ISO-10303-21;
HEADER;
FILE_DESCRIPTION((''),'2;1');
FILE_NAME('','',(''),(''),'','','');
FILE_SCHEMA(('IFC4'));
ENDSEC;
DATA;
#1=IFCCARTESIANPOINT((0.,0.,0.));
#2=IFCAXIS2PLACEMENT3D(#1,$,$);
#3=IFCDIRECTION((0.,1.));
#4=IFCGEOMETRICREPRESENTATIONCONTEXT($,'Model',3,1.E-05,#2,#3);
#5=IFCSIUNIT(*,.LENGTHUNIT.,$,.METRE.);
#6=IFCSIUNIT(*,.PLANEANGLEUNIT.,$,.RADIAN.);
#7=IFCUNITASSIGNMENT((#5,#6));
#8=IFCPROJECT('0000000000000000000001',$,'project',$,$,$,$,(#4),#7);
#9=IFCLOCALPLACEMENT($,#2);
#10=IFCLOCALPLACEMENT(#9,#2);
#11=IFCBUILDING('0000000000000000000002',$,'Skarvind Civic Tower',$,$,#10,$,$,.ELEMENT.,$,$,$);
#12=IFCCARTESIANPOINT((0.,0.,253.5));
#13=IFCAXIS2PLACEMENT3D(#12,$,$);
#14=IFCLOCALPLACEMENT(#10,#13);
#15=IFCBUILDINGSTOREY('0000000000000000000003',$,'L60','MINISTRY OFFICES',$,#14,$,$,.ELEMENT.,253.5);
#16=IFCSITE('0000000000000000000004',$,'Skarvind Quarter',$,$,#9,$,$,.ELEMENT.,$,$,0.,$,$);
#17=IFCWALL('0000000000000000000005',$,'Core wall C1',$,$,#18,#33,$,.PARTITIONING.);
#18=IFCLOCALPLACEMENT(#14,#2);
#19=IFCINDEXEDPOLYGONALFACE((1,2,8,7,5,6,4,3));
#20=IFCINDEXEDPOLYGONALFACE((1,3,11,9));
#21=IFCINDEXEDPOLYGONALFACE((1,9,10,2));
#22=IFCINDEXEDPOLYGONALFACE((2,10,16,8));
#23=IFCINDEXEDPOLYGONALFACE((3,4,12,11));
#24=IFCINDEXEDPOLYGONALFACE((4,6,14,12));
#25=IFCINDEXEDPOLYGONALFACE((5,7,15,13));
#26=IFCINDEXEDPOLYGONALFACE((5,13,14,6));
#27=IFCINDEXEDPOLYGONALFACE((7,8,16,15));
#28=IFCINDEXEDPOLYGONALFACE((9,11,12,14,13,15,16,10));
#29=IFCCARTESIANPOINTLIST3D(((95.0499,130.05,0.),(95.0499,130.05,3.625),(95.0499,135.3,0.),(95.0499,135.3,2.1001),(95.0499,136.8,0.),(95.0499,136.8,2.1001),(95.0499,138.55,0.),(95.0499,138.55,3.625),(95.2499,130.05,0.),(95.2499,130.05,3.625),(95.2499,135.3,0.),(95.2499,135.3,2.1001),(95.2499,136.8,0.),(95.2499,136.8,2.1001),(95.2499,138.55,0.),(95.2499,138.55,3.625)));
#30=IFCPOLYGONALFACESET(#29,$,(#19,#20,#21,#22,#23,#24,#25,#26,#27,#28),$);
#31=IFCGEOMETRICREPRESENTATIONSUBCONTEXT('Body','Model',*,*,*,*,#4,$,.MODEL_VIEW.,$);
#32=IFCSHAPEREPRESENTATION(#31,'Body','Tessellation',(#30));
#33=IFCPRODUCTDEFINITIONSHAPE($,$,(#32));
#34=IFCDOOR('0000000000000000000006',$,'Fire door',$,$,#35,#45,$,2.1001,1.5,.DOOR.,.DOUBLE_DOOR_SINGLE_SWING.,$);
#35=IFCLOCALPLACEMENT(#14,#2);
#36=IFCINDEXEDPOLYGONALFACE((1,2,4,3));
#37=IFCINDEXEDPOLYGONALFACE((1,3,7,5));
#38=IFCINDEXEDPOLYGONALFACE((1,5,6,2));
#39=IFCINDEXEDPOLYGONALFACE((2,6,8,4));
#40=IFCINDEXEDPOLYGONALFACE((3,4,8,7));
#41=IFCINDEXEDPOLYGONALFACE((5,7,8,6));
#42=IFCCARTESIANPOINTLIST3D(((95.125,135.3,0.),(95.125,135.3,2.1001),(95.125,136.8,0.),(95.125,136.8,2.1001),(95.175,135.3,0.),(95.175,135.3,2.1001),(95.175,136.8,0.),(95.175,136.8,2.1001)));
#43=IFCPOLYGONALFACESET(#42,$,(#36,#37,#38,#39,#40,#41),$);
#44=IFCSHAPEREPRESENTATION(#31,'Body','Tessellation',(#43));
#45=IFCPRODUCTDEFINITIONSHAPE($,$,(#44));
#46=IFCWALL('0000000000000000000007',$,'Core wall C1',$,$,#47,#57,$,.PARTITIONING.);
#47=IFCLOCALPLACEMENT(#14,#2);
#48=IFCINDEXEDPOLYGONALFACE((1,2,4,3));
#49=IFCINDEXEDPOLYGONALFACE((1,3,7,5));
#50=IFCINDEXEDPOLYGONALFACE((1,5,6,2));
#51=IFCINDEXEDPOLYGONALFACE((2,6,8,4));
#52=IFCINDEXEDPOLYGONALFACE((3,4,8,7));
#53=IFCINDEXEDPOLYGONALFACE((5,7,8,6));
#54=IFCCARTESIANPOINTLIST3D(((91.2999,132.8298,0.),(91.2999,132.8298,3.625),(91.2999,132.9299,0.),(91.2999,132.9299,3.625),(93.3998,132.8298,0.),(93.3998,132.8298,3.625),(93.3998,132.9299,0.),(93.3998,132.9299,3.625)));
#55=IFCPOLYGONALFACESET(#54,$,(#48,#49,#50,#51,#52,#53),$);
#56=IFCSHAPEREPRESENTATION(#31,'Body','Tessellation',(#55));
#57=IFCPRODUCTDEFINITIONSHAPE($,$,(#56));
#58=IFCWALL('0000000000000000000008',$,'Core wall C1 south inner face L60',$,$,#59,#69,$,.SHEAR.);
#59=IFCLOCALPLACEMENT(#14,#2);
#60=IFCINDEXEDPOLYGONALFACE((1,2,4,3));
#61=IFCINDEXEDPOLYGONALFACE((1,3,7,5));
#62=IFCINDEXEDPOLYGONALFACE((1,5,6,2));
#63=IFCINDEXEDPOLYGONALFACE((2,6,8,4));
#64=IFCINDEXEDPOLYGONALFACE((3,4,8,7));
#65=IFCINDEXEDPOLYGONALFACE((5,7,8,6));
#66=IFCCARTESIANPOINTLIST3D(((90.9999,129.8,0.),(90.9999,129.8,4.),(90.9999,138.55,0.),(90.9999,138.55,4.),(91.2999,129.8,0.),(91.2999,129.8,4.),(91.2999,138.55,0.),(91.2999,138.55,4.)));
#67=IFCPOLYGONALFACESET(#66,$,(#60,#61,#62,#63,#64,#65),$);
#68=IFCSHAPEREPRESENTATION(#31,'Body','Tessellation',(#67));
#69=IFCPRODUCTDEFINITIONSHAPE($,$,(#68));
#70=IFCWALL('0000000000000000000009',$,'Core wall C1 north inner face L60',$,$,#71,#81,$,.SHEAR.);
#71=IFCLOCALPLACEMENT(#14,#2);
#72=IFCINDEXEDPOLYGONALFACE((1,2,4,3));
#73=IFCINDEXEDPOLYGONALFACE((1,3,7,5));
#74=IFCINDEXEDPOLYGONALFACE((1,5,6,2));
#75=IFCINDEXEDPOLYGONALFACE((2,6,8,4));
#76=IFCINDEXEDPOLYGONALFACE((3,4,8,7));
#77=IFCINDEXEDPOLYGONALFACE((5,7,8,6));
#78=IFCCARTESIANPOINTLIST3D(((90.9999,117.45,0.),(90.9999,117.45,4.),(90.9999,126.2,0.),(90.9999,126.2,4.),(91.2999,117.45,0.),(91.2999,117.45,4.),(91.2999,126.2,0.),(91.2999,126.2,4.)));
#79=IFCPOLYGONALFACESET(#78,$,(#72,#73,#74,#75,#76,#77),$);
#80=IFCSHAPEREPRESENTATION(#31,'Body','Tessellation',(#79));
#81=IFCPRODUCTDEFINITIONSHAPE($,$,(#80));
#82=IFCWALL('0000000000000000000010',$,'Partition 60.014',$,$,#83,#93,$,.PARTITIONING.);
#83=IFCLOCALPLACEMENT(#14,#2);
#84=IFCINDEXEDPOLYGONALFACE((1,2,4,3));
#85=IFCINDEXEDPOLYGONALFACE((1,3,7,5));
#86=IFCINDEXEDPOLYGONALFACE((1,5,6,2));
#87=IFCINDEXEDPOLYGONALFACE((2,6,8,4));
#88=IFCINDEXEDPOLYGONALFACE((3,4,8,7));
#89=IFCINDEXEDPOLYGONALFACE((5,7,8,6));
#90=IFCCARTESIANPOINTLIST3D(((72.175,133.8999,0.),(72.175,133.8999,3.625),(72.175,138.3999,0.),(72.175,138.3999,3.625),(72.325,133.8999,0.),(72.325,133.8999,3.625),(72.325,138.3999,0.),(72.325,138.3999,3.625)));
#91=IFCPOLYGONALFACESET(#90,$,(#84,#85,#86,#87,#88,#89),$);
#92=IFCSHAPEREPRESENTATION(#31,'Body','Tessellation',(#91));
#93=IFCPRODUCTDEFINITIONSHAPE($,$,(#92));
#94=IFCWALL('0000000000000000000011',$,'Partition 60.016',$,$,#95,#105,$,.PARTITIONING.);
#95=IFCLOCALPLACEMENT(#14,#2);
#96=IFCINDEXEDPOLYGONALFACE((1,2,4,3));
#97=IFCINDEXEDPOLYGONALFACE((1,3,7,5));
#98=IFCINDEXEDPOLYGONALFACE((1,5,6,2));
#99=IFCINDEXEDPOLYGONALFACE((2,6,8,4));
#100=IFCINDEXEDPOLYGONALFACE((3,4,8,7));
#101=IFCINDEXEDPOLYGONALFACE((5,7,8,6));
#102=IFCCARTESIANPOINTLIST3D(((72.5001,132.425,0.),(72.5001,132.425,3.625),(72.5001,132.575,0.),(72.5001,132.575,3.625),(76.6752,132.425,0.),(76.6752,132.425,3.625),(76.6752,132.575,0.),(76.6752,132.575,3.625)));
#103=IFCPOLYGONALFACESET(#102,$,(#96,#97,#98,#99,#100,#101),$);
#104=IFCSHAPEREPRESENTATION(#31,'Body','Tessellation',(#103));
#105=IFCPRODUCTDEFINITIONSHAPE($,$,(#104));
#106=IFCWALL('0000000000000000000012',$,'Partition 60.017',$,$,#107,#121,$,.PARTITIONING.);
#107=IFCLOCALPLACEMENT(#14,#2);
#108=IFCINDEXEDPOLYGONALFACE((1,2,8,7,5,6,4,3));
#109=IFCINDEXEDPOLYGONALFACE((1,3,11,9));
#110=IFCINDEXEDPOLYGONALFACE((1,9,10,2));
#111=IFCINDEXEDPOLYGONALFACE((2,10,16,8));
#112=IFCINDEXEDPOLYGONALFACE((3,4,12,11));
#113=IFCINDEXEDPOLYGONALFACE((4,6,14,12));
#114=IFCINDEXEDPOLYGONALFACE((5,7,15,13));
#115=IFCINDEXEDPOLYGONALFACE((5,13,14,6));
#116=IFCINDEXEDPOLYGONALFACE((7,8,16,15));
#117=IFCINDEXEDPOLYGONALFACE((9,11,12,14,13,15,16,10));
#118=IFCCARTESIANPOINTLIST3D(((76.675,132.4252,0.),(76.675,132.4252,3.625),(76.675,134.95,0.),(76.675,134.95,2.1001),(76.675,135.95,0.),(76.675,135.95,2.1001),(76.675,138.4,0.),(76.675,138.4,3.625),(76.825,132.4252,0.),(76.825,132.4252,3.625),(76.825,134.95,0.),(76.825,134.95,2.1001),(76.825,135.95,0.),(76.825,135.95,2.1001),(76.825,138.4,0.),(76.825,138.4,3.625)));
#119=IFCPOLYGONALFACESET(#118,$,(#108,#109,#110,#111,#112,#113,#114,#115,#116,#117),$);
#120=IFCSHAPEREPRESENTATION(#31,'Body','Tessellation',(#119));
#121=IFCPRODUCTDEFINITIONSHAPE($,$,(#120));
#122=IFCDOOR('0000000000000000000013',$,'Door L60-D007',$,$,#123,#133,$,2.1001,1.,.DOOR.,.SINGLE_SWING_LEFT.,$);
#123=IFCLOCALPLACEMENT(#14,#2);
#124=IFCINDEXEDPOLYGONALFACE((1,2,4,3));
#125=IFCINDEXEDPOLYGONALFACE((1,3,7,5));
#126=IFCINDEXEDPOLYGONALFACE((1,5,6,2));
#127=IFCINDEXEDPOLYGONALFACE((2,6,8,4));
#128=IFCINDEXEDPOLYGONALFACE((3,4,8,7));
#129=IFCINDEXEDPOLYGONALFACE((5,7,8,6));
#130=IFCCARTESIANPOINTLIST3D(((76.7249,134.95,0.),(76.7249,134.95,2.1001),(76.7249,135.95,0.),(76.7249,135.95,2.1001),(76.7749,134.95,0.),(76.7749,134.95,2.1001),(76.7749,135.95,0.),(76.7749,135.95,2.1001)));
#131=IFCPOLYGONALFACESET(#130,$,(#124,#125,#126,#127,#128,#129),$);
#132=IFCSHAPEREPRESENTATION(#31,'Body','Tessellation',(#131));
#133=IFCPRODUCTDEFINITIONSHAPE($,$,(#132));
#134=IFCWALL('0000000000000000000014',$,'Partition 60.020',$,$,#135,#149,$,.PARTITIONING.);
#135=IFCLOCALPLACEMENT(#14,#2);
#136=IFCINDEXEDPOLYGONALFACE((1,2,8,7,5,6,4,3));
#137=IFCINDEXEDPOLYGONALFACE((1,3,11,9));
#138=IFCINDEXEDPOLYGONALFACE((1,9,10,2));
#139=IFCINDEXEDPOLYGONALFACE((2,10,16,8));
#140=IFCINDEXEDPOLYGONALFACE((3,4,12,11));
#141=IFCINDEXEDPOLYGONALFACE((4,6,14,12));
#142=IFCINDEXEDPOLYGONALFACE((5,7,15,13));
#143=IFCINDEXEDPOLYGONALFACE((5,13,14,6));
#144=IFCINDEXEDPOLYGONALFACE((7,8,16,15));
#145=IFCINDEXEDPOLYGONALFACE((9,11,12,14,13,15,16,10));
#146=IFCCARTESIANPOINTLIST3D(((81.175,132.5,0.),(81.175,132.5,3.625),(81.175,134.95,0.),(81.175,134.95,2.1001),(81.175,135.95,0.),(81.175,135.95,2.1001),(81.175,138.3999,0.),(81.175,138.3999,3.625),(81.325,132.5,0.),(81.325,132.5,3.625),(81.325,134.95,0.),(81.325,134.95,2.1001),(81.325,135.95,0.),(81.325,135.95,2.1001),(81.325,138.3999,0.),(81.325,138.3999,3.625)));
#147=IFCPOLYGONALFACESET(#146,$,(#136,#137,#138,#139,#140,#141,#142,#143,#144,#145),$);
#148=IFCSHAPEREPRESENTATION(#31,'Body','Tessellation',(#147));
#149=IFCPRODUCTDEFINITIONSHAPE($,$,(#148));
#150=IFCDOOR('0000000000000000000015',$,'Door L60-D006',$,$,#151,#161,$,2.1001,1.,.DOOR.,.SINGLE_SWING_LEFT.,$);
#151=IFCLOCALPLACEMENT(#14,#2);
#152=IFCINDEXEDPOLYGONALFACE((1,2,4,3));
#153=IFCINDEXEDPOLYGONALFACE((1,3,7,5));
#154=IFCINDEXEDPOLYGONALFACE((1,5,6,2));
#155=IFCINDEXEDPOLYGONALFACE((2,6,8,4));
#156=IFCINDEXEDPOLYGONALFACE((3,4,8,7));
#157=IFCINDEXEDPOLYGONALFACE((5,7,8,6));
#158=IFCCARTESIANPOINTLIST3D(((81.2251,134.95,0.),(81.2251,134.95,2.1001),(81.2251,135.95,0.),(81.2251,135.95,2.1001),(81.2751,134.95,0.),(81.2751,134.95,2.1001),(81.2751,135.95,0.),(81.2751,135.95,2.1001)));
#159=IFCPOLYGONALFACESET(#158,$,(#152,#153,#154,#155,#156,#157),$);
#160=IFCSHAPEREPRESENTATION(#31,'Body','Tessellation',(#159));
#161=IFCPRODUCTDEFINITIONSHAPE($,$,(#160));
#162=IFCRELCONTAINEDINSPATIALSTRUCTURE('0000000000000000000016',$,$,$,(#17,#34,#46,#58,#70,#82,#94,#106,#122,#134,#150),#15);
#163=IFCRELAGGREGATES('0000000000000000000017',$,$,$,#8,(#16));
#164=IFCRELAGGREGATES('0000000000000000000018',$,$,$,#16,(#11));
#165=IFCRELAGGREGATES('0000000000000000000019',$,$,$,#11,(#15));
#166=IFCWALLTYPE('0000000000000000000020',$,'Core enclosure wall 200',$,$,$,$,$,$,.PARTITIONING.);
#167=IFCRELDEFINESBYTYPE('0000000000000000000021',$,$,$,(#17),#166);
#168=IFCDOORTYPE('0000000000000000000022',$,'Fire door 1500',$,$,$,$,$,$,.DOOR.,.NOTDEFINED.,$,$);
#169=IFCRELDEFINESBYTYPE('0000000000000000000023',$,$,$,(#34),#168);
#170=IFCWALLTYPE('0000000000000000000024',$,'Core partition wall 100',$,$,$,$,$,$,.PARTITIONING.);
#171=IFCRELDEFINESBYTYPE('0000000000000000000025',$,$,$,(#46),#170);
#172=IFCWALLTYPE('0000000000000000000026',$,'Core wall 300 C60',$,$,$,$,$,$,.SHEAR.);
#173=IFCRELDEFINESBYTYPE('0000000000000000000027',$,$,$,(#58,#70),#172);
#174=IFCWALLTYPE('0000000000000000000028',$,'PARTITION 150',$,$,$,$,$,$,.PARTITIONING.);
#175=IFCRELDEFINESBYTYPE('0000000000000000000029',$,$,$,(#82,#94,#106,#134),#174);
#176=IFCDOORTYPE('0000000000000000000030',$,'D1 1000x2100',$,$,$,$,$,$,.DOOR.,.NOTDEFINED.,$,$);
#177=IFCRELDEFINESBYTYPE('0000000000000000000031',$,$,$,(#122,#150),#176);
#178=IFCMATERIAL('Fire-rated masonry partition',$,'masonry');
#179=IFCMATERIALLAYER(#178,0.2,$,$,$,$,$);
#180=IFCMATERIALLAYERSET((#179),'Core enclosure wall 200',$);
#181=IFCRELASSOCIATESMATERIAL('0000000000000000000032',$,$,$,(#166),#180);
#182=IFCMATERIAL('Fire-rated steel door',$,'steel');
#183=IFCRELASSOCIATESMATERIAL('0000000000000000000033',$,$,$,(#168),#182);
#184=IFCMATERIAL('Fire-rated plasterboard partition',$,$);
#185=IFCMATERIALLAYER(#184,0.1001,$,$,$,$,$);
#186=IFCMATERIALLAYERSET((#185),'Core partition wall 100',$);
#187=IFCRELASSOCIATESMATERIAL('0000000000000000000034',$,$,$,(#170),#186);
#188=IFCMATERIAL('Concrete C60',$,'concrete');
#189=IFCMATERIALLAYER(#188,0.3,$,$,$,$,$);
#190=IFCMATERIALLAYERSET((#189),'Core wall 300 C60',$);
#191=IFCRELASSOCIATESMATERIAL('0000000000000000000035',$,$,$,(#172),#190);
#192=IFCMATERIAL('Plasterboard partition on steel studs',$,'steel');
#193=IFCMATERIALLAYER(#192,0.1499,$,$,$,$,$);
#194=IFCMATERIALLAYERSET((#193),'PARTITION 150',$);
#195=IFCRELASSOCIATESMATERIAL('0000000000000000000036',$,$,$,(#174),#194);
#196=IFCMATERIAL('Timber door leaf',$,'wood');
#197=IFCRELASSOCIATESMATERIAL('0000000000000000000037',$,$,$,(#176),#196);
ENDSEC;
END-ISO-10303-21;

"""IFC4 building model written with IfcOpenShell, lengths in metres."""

from ifc_helpers import new_model, si_unit, direction, frame, frame_2d, origin, place, context, subcontext, project, spatial, rectangle, extrude, material, layer, layer_set, type_object, element, fill, save


model = new_model("IFC4")

# Units and contexts
model_context = context("Model", 3, precision=1e-05, world=origin(), true_north=direction((0.0, 1.0)))
body_context = subcontext(model_context, "Body", "Model", "MODEL_VIEW")
ifc_project = project(units=[si_unit("LENGTHUNIT", "METRE"), si_unit("PLANEANGLEUNIT", "RADIAN")], contexts=[model_context])

# Site, building, storey
site_placement = place(None, origin())
site = spatial("IfcSite", under=ifc_project, at=site_placement, Name="Skarvind Quarter", CompositionType="ELEMENT", RefElevation=0.0)
building_placement = place(site_placement, origin())
building = spatial("IfcBuilding", under=site, at=building_placement, Name="Skarvind Civic Tower", CompositionType="ELEMENT")
storey_placement = place(building_placement, frame((0.0, 0.0, 253.5)))
storey = spatial("IfcBuildingStorey", under=building, at=storey_placement, Name="L60", Description="MINISTRY OFFICES", CompositionType="ELEMENT", Elevation=253.5)

# Shared definitions
ifc_material_1 = material(Name="Concrete C60", Category="concrete")

# Shared definitions
ifc_material_2 = material(Name="Timber door leaf", Category="wood")

# Wall, opening, door
ifc_material_3 = material(Name="Fire-rated masonry partition", Category="masonry")
ifc_layer_1 = layer(ifc_material_3, 0.2)
ifc_layer_set_1 = layer_set([ifc_layer_1], Name="Core enclosure wall 200")
wall_type_1 = type_object("IfcWallType", Name="Core enclosure wall 200", PredefinedType="PARTITIONING", material=ifc_layer_set_1)
ifc_material_4 = material(Name="Fire-rated steel door", Category="steel")
wall_1_placement = place(storey_placement, frame((95.1499, 130.05, 0.0), z_axis=(0.0, 0.0, 1.0), x_axis=(0.0, 1.0, 0.0)))
wall_1 = element("IfcWall", 1, at=wall_1_placement, inside=storey, type_object=wall_type_1, Name="Core wall C1", PredefinedType="PARTITIONING", context=body_context, shape_type="SweptSolid", body=[
    extrude(rectangle(XDim=8.5, YDim=0.2, at=frame_2d((4.25, 0.0))), origin(), (0.0, 0.0, 1.0), 3.625),
])
opening_1_placement = place(wall_1_placement, frame((5.25, 0.0, 0.0)))
opening_1 = element("IfcOpeningElement", 2, at=opening_1_placement, cuts=wall_1, PredefinedType="OPENING", context=body_context, shape_type="SweptSolid", body=[
    extrude(rectangle(XDim=1.5, YDim=2.1001, at=frame_2d((0.75, 1.05))), frame((0.0, 0.1099, 0.0), z_axis=(0.0, -1.0, 0.0), x_axis=(1.0, 0.0, 0.0)), (0.0, 0.0, 1.0), 0.22),
])
door_type_1 = type_object("IfcDoorType", Name="Fire door 1500", OperationType="NOTDEFINED", PredefinedType="DOOR", material=ifc_material_4)
door_1_placement = place(opening_1_placement, origin())
door_1 = element("IfcDoor", 3, at=door_1_placement, inside=storey, type_object=door_type_1, Name="Fire door", OperationType="DOUBLE_DOOR_SINGLE_SWING", OverallHeight=2.1001, OverallWidth=1.5, PredefinedType="DOOR", context=body_context, shape_type="SweptSolid", body=[
    extrude(rectangle(XDim=1.5, YDim=2.1001, at=frame_2d((0.75, 1.05))), frame((0.0, 0.0249, 0.0), z_axis=(0.0, -1.0, 0.0), x_axis=(1.0, 0.0, 0.0)), (0.0, 0.0, 1.0), 0.05),
])
fill(opening_1, door_1)

# Walls
ifc_material_5 = material(Name="Fire-rated plasterboard partition")
ifc_layer_2 = layer(ifc_material_5, 0.1001)
ifc_layer_set_2 = layer_set([ifc_layer_2], Name="Core partition wall 100")
wall_type_2 = type_object("IfcWallType", Name="Core partition wall 100", PredefinedType="PARTITIONING", material=ifc_layer_set_2)
wall_2_placement = place(storey_placement, frame((91.3, 132.8799, 0.0), z_axis=(0.0, 0.0, 1.0), x_axis=(1.0, 0.0, 0.0)))
element("IfcWall", 4, at=wall_2_placement, inside=storey, type_object=wall_type_2, Name="Core wall C1", PredefinedType="PARTITIONING", context=body_context, shape_type="SweptSolid", body=[
    extrude(rectangle(XDim=2.0999, YDim=0.1001, at=frame_2d((1.0498, 0.0))), origin(), (0.0, 0.0, 1.0), 3.625),
])
ifc_layer_3 = layer(ifc_material_1, 0.3)
ifc_layer_set_3 = layer_set([ifc_layer_3], Name="Core wall 300 C60")
wall_type_3 = type_object("IfcWallType", Name="Core wall 300 C60", PredefinedType="SHEAR", material=ifc_layer_set_3)
for number, where, z_axis, x_axis, name in (
    (5, (91.1499, 138.55, 0.0), (0.0, 0.0, 1.0), (0.0, -1.0, 0.0), "Core wall C1 south inner face L60"),
    (6, (91.1499, 126.2, 0.0), (0.0, 0.0, 1.0), (0.0, -1.0, 0.0), "Core wall C1 north inner face L60"),
):
    element("IfcWall", number, at=place(storey_placement, frame(where, z_axis=z_axis, x_axis=x_axis)), inside=storey, type_object=wall_type_3, Name=name, PredefinedType="SHEAR", context=body_context, shape_type="SweptSolid", body=[
        extrude(rectangle(XDim=8.75, YDim=0.3, at=frame_2d((4.375, 0.0))), origin(), (0.0, 0.0, 1.0), 4.0),
    ])
ifc_material_6 = material(Name="Plasterboard partition on steel studs", Category="steel")
ifc_layer_4 = layer(ifc_material_6, 0.1499)
ifc_layer_set_4 = layer_set([ifc_layer_4], Name="PARTITION 150")
wall_type_4 = type_object("IfcWallType", Name="PARTITION 150", PredefinedType="PARTITIONING", material=ifc_layer_set_4)
wall_3_placement = place(storey_placement, frame((72.25, 133.8999, 0.0), z_axis=(0.0, 0.0, 1.0), x_axis=(0.0, 1.0, 0.0)))
element("IfcWall", 7, at=wall_3_placement, inside=storey, type_object=wall_type_4, Name="Partition 60.014", PredefinedType="PARTITIONING", context=body_context, shape_type="SweptSolid", body=[
    extrude(rectangle(XDim=4.5, YDim=0.1499, at=frame_2d((2.25, 0.0))), origin(), (0.0, 0.0, 1.0), 3.625),
])
wall_4_placement = place(storey_placement, frame((76.675, 132.5, 0.0), z_axis=(0.0, 0.0, 1.0), x_axis=(-1.0, 0.0, 0.0)))
element("IfcWall", 8, at=wall_4_placement, inside=storey, type_object=wall_type_4, Name="Partition 60.016", PredefinedType="PARTITIONING", context=body_context, shape_type="SweptSolid", body=[
    extrude(rectangle(XDim=4.175, YDim=0.1499, at=frame_2d((2.0874, 0.0))), origin(), (0.0, 0.0, 1.0), 3.625),
])

# Walls, openings, doors
wall_5_placement = place(storey_placement, frame((76.75, 138.3999, 0.0), z_axis=(0.0, 0.0, 1.0), x_axis=(0.0, -1.0, 0.0)))
wall_5 = element("IfcWall", 9, at=wall_5_placement, inside=storey, type_object=wall_type_4, Name="Partition 60.017", PredefinedType="PARTITIONING", context=body_context, shape_type="SweptSolid", body=[
    extrude(rectangle(XDim=5.9749, YDim=0.1499, at=frame_2d((2.9873, 0.0))), origin(), (0.0, 0.0, 1.0), 3.625),
])
opening_2_placement = place(wall_5_placement, frame((2.45, 0.0, 0.0)))
opening_2 = element("IfcOpeningElement", 10, at=opening_2_placement, cuts=wall_5, PredefinedType="OPENING", context=body_context, shape_type="SweptSolid", body=[
    extrude(rectangle(XDim=1.0, YDim=2.1001, at=frame_2d((0.5, 1.05))), frame((0.0, 0.085, 0.0), z_axis=(0.0, -1.0, 0.0), x_axis=(1.0, 0.0, 0.0)), (0.0, 0.0, 1.0), 0.1699),
])
door_type_2 = type_object("IfcDoorType", Name="D1 1000x2100", OperationType="NOTDEFINED", PredefinedType="DOOR", material=ifc_material_2)
door_2_placement = place(opening_2_placement, origin())
door_2 = element("IfcDoor", 11, at=door_2_placement, inside=storey, type_object=door_type_2, Name="Door L60-D007", OperationType="SINGLE_SWING_LEFT", OverallHeight=2.1001, OverallWidth=1.0, PredefinedType="DOOR", context=body_context, shape_type="SweptSolid", body=[
    extrude(rectangle(XDim=1.0, YDim=2.1001, at=frame_2d((0.5, 1.05))), frame((0.0, 0.0249, 0.0), z_axis=(0.0, -1.0, 0.0), x_axis=(1.0, 0.0, 0.0)), (0.0, 0.0, 1.0), 0.05),
])
fill(opening_2, door_2)
wall_6_placement = place(storey_placement, frame((81.25, 132.5, 0.0), z_axis=(0.0, 0.0, 1.0), x_axis=(0.0, 1.0, 0.0)))
wall_6 = element("IfcWall", 12, at=wall_6_placement, inside=storey, type_object=wall_type_4, Name="Partition 60.020", PredefinedType="PARTITIONING", context=body_context, shape_type="SweptSolid", body=[
    extrude(rectangle(XDim=5.8999, YDim=0.1499, at=frame_2d((2.95, 0.0))), origin(), (0.0, 0.0, 1.0), 3.625),
])
opening_3_placement = place(wall_6_placement, frame((2.45, 0.0, 0.0)))
opening_3 = element("IfcOpeningElement", 13, at=opening_3_placement, cuts=wall_6, PredefinedType="OPENING", context=body_context, shape_type="SweptSolid", body=[
    extrude(rectangle(XDim=1.0, YDim=2.1001, at=frame_2d((0.5, 1.05))), frame((0.0, 0.085, 0.0), z_axis=(0.0, -1.0, 0.0), x_axis=(1.0, 0.0, 0.0)), (0.0, 0.0, 1.0), 0.1699),
])
door_3_placement = place(opening_3_placement, origin())
door_3 = element("IfcDoor", 14, at=door_3_placement, inside=storey, type_object=door_type_2, Name="Door L60-D006", OperationType="SINGLE_SWING_LEFT", OverallHeight=2.1001, OverallWidth=1.0, PredefinedType="DOOR", context=body_context, shape_type="SweptSolid", body=[
    extrude(rectangle(XDim=1.0, YDim=2.1001, at=frame_2d((0.5, 1.05))), frame((0.0, 0.0249, 0.0), z_axis=(0.0, -1.0, 0.0), x_axis=(1.0, 0.0, 0.0)), (0.0, 0.0, 1.0), 0.05),
])
fill(opening_3, door_3)

save(model, "model.ifc")
